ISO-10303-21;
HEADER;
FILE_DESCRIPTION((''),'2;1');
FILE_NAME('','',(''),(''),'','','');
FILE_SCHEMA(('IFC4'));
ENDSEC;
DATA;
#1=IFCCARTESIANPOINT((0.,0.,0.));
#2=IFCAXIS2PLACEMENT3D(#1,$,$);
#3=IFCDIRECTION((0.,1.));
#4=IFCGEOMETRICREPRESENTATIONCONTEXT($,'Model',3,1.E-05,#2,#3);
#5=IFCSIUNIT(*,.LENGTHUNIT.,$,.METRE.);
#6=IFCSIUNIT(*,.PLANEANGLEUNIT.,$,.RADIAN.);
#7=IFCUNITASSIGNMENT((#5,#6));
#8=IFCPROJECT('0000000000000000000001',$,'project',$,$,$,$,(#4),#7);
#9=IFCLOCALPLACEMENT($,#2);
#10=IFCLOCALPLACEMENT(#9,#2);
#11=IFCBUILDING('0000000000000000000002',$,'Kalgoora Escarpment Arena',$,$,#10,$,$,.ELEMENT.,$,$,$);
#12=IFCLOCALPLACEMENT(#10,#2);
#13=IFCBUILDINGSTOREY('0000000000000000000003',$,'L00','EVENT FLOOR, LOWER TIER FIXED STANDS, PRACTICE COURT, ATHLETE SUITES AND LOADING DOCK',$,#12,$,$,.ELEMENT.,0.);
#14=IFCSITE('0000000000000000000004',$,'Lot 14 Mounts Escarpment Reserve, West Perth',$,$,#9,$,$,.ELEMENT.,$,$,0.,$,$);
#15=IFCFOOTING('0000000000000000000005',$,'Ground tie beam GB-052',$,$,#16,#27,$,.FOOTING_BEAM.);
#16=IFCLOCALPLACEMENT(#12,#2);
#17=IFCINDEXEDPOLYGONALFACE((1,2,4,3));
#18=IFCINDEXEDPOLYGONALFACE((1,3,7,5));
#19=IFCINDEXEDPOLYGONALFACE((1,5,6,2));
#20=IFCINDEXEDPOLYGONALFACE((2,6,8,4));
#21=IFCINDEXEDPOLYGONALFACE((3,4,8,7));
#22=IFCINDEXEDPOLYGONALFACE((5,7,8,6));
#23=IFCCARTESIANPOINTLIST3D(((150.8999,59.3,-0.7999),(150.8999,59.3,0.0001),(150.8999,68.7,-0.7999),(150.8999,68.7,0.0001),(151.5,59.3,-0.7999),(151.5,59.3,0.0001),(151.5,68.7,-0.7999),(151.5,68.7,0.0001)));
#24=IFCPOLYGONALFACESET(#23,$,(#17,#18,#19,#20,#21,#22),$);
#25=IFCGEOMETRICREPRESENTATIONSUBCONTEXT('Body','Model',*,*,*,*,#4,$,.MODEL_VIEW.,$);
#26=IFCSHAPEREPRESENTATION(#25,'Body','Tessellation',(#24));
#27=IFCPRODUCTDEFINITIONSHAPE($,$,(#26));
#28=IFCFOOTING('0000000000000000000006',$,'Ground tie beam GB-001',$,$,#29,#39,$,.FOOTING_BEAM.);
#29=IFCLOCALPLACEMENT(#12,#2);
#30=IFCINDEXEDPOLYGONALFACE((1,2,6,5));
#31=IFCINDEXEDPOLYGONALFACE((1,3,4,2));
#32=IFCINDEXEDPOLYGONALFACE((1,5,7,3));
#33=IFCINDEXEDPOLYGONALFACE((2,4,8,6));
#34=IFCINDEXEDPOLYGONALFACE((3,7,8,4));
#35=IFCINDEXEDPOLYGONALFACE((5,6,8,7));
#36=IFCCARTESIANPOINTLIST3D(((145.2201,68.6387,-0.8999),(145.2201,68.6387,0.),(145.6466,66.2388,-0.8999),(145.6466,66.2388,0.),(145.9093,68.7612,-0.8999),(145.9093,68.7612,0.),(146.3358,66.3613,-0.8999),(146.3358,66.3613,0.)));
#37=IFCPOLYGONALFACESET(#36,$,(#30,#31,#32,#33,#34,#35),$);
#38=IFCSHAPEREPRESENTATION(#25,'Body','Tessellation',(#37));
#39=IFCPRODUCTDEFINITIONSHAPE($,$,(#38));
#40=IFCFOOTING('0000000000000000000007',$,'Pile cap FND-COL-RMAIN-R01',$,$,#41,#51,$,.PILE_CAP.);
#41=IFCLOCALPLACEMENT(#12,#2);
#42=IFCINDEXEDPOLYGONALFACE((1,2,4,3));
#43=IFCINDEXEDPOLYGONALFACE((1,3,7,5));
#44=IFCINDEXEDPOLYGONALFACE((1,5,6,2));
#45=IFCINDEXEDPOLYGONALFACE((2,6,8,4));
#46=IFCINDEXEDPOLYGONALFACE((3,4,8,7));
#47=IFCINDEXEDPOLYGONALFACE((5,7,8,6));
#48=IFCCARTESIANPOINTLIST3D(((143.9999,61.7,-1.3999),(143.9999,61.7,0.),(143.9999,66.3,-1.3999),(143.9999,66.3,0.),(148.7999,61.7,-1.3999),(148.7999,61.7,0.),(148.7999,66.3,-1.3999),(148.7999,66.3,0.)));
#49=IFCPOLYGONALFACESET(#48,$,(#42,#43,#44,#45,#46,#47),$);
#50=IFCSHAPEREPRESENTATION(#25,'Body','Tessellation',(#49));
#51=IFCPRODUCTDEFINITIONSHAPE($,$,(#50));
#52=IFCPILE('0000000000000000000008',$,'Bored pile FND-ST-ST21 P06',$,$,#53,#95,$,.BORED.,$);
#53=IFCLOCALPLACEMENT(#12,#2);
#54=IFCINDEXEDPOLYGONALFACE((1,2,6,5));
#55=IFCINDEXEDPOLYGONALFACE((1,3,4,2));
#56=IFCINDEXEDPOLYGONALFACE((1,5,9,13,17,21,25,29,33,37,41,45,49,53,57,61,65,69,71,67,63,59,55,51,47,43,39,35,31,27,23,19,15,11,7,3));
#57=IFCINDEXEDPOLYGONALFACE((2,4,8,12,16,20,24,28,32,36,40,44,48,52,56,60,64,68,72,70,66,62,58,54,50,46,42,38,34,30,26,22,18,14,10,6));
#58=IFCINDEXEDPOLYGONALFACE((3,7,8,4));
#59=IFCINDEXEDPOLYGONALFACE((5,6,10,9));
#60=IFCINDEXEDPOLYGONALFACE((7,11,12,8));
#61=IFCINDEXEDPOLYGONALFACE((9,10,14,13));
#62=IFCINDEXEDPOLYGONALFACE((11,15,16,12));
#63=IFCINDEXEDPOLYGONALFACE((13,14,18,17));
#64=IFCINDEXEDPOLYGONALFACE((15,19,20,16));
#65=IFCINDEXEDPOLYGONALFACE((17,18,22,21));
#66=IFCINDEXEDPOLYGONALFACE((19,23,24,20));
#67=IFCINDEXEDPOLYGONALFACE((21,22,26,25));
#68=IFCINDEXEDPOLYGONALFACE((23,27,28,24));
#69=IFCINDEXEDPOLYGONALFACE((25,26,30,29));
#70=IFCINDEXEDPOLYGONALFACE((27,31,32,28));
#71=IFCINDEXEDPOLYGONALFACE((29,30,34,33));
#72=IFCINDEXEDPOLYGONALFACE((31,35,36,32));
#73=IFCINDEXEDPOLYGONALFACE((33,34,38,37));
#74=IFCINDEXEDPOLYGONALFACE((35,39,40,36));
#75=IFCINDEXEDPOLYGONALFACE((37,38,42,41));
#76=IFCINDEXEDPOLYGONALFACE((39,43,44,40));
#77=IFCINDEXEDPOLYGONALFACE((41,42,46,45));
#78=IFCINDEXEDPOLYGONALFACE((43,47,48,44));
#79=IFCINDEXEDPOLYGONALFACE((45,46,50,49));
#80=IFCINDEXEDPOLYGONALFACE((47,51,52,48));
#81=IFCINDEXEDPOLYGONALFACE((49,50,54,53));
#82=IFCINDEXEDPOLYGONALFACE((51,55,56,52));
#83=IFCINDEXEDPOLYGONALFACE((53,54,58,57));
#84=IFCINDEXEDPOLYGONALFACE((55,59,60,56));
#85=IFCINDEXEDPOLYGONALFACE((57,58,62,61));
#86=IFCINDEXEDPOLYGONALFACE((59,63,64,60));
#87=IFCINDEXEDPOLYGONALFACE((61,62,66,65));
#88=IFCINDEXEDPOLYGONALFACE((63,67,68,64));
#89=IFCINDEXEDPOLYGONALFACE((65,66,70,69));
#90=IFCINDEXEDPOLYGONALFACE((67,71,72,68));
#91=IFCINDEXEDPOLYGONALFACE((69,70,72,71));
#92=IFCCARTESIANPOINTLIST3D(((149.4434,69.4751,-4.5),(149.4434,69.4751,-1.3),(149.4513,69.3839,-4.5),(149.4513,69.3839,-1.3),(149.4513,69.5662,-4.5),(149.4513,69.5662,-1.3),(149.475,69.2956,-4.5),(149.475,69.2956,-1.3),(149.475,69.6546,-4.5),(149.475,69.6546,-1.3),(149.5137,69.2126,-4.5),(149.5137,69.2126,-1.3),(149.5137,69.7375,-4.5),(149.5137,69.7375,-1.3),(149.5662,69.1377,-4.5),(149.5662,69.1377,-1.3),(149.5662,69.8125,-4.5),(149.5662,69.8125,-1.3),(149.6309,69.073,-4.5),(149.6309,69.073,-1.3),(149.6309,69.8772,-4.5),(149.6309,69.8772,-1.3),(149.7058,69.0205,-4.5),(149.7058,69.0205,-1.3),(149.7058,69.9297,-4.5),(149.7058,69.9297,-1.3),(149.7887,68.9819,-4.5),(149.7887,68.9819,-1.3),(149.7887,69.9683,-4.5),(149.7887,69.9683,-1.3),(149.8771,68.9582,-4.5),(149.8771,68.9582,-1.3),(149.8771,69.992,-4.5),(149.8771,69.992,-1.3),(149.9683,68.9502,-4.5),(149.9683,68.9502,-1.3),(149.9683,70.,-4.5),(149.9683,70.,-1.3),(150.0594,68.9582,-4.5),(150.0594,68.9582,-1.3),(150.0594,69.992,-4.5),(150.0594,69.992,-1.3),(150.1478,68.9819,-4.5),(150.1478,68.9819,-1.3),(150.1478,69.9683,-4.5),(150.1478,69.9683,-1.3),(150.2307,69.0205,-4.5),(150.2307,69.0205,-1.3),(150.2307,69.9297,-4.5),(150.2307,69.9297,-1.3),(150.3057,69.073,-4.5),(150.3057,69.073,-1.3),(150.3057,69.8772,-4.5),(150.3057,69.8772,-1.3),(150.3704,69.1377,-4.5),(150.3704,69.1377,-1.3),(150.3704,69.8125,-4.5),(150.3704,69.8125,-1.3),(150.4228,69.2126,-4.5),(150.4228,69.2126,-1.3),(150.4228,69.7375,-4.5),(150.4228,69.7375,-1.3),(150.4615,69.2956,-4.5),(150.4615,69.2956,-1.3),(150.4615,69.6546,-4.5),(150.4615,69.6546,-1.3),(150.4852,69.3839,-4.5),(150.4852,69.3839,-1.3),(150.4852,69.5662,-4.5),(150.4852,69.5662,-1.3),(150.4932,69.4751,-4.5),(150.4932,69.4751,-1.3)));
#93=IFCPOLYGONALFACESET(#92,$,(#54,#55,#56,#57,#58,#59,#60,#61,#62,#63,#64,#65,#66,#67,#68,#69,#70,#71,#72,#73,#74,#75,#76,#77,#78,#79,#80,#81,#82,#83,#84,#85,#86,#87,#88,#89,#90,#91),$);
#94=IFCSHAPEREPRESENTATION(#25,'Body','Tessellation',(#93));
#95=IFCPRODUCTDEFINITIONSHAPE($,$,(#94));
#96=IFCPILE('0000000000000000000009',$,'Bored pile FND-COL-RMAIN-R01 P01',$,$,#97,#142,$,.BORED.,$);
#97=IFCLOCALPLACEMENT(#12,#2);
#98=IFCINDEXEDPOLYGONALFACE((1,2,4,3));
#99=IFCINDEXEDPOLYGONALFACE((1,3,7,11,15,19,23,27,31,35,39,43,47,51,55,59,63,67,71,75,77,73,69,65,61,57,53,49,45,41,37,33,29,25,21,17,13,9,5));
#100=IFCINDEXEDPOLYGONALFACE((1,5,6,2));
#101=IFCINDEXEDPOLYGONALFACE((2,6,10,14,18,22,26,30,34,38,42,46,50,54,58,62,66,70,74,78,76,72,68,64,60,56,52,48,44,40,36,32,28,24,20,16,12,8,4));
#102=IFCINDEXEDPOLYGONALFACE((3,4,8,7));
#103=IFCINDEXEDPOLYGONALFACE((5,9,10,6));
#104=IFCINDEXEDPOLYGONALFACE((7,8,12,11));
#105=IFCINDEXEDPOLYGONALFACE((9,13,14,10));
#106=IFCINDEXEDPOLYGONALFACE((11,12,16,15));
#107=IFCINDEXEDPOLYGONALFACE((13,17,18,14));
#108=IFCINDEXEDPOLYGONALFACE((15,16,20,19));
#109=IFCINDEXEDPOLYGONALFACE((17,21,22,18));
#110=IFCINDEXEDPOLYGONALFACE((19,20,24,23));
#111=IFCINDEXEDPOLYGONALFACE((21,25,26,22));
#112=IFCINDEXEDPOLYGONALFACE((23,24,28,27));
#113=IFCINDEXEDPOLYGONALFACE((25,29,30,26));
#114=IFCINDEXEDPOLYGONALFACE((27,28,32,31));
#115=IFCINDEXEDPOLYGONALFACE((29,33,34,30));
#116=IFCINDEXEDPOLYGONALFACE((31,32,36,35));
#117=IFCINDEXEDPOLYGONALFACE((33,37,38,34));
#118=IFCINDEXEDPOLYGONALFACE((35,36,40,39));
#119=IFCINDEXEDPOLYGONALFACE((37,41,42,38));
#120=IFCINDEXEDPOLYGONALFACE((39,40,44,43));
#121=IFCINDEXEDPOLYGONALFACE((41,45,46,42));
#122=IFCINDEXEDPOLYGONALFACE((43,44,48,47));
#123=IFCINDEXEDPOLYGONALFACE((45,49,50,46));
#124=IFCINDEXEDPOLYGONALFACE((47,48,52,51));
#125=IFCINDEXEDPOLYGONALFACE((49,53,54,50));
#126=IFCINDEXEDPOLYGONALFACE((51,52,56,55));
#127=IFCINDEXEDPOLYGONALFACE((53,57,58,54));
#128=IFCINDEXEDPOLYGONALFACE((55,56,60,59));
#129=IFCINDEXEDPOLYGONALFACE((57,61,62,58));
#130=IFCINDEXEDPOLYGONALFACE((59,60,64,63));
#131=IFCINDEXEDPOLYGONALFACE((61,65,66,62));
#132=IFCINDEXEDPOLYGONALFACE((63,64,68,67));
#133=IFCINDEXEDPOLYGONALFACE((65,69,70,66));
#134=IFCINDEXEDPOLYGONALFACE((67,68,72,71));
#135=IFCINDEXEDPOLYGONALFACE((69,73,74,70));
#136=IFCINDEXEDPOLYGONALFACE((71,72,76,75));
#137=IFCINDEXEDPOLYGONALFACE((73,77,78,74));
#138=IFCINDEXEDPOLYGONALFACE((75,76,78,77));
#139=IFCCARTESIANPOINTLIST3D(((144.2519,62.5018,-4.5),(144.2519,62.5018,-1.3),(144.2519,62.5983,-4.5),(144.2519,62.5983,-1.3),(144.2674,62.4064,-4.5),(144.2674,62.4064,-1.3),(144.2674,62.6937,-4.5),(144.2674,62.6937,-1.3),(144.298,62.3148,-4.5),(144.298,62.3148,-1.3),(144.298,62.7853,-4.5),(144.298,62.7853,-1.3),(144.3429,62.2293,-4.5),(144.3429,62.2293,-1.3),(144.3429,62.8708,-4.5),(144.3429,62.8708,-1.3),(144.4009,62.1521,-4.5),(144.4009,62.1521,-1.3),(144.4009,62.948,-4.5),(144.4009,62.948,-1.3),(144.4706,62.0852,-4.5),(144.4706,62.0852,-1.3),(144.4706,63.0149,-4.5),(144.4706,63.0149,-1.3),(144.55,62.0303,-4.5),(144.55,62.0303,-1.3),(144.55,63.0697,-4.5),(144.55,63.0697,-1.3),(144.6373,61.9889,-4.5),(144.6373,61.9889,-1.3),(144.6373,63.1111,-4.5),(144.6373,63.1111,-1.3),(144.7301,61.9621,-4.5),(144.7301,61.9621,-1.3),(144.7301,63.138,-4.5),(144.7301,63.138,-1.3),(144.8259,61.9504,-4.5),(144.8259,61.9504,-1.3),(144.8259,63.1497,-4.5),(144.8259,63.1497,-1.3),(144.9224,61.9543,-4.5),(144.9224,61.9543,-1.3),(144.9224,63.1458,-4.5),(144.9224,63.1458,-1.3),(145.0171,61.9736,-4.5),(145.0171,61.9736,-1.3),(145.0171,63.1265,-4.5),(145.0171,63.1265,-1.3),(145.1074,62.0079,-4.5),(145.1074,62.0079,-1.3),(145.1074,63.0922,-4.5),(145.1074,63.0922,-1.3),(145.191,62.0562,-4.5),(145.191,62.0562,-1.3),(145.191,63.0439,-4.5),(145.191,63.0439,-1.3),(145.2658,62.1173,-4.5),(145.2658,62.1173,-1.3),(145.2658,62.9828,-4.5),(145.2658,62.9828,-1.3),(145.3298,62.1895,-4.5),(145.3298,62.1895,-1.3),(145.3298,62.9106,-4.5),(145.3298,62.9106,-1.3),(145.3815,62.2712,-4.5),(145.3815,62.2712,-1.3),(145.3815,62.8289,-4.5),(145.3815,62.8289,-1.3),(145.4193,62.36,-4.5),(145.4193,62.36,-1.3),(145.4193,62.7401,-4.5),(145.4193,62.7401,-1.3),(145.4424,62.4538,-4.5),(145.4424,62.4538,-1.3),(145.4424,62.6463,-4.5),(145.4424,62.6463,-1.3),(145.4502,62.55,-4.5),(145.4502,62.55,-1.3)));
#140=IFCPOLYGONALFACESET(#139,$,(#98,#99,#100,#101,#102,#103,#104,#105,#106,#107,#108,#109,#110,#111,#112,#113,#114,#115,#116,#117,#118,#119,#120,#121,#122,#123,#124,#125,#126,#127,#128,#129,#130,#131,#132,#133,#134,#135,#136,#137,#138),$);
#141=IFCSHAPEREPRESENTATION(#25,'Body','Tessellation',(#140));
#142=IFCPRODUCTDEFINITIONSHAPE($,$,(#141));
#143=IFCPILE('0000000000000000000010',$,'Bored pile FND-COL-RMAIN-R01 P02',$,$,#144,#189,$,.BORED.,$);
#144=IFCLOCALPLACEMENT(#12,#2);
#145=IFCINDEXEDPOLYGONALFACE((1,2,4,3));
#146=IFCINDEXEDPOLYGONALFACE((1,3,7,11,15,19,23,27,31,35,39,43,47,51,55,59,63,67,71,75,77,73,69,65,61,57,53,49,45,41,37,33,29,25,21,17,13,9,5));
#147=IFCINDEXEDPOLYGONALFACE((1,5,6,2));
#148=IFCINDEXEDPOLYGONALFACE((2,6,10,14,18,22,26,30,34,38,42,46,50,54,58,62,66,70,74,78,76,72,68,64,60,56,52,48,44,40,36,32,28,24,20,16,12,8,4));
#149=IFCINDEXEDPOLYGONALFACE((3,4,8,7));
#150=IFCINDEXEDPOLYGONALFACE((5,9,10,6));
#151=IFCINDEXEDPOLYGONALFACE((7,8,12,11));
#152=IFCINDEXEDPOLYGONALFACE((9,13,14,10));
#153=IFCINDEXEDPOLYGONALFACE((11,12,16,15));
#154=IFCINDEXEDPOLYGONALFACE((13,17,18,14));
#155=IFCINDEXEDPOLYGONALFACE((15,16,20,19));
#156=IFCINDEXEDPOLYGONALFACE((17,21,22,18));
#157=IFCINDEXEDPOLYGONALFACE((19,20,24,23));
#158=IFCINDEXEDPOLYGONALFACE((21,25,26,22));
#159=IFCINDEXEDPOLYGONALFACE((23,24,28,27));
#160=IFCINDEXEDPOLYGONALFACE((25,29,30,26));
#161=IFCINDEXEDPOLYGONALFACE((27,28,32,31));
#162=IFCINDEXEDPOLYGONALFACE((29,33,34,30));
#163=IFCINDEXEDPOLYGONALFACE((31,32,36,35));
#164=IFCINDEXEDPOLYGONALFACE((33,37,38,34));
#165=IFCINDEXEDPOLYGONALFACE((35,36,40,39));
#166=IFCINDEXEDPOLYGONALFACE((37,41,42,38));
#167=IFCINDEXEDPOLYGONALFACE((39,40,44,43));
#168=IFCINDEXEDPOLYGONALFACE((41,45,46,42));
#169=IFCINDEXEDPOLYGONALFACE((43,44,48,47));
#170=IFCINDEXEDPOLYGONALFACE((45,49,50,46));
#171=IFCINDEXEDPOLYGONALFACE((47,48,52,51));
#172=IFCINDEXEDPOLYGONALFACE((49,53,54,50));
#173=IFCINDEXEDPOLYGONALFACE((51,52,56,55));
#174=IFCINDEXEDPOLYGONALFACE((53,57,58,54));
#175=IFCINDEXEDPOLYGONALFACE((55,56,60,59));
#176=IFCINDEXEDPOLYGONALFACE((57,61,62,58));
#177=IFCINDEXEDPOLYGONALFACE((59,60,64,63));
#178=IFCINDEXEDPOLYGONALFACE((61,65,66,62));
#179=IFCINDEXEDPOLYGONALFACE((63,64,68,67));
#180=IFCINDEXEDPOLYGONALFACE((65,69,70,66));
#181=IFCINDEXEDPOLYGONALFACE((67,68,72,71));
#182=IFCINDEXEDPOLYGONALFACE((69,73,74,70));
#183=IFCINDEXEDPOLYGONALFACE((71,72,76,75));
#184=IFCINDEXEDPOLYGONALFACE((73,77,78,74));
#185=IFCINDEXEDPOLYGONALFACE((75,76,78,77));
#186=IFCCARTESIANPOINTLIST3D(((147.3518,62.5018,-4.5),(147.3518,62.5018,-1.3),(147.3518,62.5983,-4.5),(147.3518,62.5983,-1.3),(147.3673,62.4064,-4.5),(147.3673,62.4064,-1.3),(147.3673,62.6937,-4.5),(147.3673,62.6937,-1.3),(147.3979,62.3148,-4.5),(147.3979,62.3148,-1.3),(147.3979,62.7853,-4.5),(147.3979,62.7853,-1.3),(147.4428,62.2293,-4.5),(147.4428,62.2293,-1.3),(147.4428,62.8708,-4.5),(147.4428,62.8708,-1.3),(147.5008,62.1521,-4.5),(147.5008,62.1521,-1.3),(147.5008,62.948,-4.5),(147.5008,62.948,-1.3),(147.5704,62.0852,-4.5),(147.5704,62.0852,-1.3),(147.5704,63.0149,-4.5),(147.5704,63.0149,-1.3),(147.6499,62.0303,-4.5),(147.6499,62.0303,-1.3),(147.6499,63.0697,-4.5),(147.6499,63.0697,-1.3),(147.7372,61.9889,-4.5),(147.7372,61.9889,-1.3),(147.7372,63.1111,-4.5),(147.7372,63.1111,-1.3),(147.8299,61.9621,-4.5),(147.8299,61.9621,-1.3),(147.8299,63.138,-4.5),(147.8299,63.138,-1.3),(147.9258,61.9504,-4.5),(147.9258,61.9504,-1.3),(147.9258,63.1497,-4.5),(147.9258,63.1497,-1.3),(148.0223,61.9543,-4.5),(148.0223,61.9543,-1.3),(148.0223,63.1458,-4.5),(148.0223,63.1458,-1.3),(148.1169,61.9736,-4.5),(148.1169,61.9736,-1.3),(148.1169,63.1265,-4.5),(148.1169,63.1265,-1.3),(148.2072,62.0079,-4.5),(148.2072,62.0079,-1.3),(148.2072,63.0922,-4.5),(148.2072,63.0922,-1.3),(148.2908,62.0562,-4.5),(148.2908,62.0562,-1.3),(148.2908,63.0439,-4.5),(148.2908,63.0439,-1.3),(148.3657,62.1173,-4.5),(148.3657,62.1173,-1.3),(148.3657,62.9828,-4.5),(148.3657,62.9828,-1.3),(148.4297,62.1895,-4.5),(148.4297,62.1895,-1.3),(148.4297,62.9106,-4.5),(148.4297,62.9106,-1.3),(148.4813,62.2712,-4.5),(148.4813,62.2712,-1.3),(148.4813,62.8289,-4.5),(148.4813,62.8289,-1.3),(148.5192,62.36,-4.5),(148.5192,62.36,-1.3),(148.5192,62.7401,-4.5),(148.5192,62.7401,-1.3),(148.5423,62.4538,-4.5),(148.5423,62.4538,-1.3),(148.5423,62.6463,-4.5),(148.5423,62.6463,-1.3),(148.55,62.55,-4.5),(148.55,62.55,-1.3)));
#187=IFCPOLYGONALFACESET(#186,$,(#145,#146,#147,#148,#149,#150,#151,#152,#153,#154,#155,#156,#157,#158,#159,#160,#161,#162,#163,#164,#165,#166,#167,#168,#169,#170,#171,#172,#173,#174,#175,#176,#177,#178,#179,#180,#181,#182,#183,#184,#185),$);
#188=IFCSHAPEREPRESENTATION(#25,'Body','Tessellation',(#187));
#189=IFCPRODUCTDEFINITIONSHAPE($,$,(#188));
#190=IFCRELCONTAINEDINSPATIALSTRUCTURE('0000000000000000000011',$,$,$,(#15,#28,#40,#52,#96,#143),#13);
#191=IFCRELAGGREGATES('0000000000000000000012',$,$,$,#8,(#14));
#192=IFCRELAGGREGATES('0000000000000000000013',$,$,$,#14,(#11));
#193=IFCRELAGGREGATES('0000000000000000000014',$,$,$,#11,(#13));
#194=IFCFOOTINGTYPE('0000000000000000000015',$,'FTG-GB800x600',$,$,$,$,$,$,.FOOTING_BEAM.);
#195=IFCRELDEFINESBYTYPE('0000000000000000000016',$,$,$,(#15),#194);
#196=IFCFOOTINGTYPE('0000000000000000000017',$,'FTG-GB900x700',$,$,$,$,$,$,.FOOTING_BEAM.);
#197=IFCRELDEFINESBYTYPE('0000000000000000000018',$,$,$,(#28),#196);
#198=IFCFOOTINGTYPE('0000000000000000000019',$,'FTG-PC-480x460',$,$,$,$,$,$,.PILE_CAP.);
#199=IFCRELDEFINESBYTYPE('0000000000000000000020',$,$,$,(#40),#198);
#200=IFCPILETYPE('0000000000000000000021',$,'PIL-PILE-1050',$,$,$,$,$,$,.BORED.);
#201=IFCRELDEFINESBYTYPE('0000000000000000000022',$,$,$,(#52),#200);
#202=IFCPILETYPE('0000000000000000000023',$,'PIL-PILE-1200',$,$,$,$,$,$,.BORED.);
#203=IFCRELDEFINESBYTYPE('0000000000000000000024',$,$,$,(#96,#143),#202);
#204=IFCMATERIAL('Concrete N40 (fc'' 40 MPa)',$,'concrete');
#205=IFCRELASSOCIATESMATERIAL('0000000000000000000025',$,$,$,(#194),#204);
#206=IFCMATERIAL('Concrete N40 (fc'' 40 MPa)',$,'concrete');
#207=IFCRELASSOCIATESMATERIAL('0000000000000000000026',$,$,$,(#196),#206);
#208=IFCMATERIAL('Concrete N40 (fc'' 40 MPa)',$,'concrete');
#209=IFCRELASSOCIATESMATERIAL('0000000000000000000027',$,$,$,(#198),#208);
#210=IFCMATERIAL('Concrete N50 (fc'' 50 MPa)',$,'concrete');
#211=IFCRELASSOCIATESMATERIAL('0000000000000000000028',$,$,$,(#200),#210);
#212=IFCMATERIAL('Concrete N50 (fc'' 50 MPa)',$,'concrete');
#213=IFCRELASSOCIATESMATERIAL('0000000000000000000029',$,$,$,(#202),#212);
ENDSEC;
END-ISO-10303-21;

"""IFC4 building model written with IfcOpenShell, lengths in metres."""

from ifc_helpers import new_model, si_unit, direction, frame, origin, origin_2d, place, context, subcontext, project, spatial, rectangle, circle, extrude, material, material_profile, profile_set, type_object, element, save


model = new_model("IFC4")

# Units and contexts
model_context = context("Model", 3, precision=1e-05, world=origin(), true_north=direction((0.0, 1.0)))
body_context = subcontext(model_context, "Body", "Model", "MODEL_VIEW")
ifc_project = project(units=[si_unit("LENGTHUNIT", "METRE"), si_unit("PLANEANGLEUNIT", "RADIAN")], contexts=[model_context])

# Site, building, storey
site_placement = place(None, origin())
site = spatial("IfcSite", under=ifc_project, at=site_placement, Name="Lot 14 Mounts Escarpment Reserve, West Perth", CompositionType="ELEMENT", RefElevation=0.0)
building_placement = place(site_placement, origin())
building = spatial("IfcBuilding", under=site, at=building_placement, Name="Kalgoora Escarpment Arena", CompositionType="ELEMENT")
storey_placement = place(building_placement, origin())
storey = spatial("IfcBuildingStorey", under=building, at=storey_placement, Name="L00", Description="EVENT FLOOR, LOWER TIER FIXED STANDS, PRACTICE COURT, ATHLETE SUITES AND LOADING DOCK", CompositionType="ELEMENT", Elevation=0.0)

# Footings
ifc_material_1 = material(Name="Concrete N40 (fc' 40 MPa)", Category="concrete")
ifc_material_profile_1 = material_profile(ifc_material_1, rectangle(XDim=0.6001, YDim=0.8, at=origin_2d()))
ifc_profile_set_1 = profile_set([ifc_material_profile_1], Name="Concrete N40 (fc' 40 MPa)")
footing_type_1 = type_object("IfcFootingType", Name="FTG-GB800x600", PredefinedType="FOOTING_BEAM", material=ifc_profile_set_1)
footing_1_placement = place(storey_placement, frame((151.2, 59.3, -0.3999), z_axis=(0.0, 1.0, 0.0), x_axis=(-1.0, 0.0, 0.0)))
element("IfcFooting", 1, at=footing_1_placement, inside=storey, type_object=footing_type_1, Name="Ground tie beam GB-052", PredefinedType="FOOTING_BEAM", context=body_context, shape_type="SweptSolid", body=[
    extrude(rectangle(XDim=0.6001, YDim=0.8, at=origin_2d()), origin(), (0.0, 0.0, 1.0), 9.3999),
])
ifc_material_2 = material(Name="Concrete N40 (fc' 40 MPa)", Category="concrete")
ifc_material_profile_2 = material_profile(ifc_material_2, rectangle(XDim=0.7, YDim=0.8999, at=origin_2d()))
ifc_profile_set_2 = profile_set([ifc_material_profile_2], Name="Concrete N40 (fc' 40 MPa)")
footing_type_2 = type_object("IfcFootingType", Name="FTG-GB900x700", PredefinedType="FOOTING_BEAM", material=ifc_profile_set_2)
footing_2_placement = place(storey_placement, frame((145.9912, 66.3, -0.45), z_axis=(-0.174979, 0.984572, 0.0), x_axis=(-0.984572, -0.174979, 0.0)))
element("IfcFooting", 2, at=footing_2_placement, inside=storey, type_object=footing_type_2, Name="Ground tie beam GB-001", PredefinedType="FOOTING_BEAM", context=body_context, shape_type="SweptSolid", body=[
    extrude(rectangle(XDim=0.7, YDim=0.8999, at=origin_2d()), origin(), (0.0, 0.0, 1.0), 2.4375),
])
ifc_material_3 = material(Name="Concrete N40 (fc' 40 MPa)", Category="concrete")
footing_type_3 = type_object("IfcFootingType", Name="FTG-PC-480x460", PredefinedType="PILE_CAP", material=ifc_material_3)
footing_3_placement = place(storey_placement, frame((146.3999, 64.0, -1.3999), z_axis=(0.0, 0.0, 1.0), x_axis=(1.0, 0.0, 0.0)))
element("IfcFooting", 3, at=footing_3_placement, inside=storey, type_object=footing_type_3, Name="Pile cap FND-COL-RMAIN-R01", PredefinedType="PILE_CAP", context=body_context, shape_type="SweptSolid", body=[
    extrude(rectangle(XDim=4.8, YDim=4.6001, at=origin_2d()), origin(), (0.0, 0.0, 1.0), 1.3999),
])

# Piles
ifc_material_4 = material(Name="Concrete N50 (fc' 50 MPa)", Category="concrete")
ifc_material_profile_3 = material_profile(ifc_material_4, circle(Radius=0.5249, at=origin_2d()))
ifc_profile_set_3 = profile_set([ifc_material_profile_3], Name="Concrete N50 (fc' 50 MPa)")
pile_type_1 = type_object("IfcPileType", Name="PIL-PILE-1050", PredefinedType="BORED", material=ifc_profile_set_3)
pile_placement = place(storey_placement, frame((149.9683, 69.4751, -1.3), z_axis=(0.0, 0.0, -1.0), x_axis=(1.0, 0.0, 0.0)))
element("IfcPile", 4, at=pile_placement, inside=storey, type_object=pile_type_1, Name="Bored pile FND-ST-ST21 P06", PredefinedType="BORED", context=body_context, shape_type="SweptSolid", body=[
    extrude(circle(Radius=0.5249, at=origin_2d()), origin(), (0.0, 0.0, 1.0), 3.2),
])
ifc_material_5 = material(Name="Concrete N50 (fc' 50 MPa)", Category="concrete")
ifc_material_profile_4 = material_profile(ifc_material_5, circle(Radius=0.6001, at=origin_2d()))
ifc_profile_set_4 = profile_set([ifc_material_profile_4], Name="Concrete N50 (fc' 50 MPa)")
pile_type_2 = type_object("IfcPileType", Name="PIL-PILE-1200", PredefinedType="BORED", material=ifc_profile_set_4)
for number, where, z_axis, x_axis, name in (
    (5, (144.8501, 62.55, -1.3), (0.0, 0.0, -1.0), (1.0, 0.0, 0.0), "Bored pile FND-COL-RMAIN-R01 P01"),
    (6, (147.95, 62.55, -1.3), (0.0, 0.0, -1.0), (1.0, 0.0, 0.0), "Bored pile FND-COL-RMAIN-R01 P02"),
):
    element("IfcPile", number, at=place(storey_placement, frame(where, z_axis=z_axis, x_axis=x_axis)), inside=storey, type_object=pile_type_2, Name=name, PredefinedType="BORED", context=body_context, shape_type="SweptSolid", body=[
        extrude(circle(Radius=0.6001, at=origin_2d()), origin(), (0.0, 0.0, 1.0), 3.2),
    ])

save(model, "model.ifc")
